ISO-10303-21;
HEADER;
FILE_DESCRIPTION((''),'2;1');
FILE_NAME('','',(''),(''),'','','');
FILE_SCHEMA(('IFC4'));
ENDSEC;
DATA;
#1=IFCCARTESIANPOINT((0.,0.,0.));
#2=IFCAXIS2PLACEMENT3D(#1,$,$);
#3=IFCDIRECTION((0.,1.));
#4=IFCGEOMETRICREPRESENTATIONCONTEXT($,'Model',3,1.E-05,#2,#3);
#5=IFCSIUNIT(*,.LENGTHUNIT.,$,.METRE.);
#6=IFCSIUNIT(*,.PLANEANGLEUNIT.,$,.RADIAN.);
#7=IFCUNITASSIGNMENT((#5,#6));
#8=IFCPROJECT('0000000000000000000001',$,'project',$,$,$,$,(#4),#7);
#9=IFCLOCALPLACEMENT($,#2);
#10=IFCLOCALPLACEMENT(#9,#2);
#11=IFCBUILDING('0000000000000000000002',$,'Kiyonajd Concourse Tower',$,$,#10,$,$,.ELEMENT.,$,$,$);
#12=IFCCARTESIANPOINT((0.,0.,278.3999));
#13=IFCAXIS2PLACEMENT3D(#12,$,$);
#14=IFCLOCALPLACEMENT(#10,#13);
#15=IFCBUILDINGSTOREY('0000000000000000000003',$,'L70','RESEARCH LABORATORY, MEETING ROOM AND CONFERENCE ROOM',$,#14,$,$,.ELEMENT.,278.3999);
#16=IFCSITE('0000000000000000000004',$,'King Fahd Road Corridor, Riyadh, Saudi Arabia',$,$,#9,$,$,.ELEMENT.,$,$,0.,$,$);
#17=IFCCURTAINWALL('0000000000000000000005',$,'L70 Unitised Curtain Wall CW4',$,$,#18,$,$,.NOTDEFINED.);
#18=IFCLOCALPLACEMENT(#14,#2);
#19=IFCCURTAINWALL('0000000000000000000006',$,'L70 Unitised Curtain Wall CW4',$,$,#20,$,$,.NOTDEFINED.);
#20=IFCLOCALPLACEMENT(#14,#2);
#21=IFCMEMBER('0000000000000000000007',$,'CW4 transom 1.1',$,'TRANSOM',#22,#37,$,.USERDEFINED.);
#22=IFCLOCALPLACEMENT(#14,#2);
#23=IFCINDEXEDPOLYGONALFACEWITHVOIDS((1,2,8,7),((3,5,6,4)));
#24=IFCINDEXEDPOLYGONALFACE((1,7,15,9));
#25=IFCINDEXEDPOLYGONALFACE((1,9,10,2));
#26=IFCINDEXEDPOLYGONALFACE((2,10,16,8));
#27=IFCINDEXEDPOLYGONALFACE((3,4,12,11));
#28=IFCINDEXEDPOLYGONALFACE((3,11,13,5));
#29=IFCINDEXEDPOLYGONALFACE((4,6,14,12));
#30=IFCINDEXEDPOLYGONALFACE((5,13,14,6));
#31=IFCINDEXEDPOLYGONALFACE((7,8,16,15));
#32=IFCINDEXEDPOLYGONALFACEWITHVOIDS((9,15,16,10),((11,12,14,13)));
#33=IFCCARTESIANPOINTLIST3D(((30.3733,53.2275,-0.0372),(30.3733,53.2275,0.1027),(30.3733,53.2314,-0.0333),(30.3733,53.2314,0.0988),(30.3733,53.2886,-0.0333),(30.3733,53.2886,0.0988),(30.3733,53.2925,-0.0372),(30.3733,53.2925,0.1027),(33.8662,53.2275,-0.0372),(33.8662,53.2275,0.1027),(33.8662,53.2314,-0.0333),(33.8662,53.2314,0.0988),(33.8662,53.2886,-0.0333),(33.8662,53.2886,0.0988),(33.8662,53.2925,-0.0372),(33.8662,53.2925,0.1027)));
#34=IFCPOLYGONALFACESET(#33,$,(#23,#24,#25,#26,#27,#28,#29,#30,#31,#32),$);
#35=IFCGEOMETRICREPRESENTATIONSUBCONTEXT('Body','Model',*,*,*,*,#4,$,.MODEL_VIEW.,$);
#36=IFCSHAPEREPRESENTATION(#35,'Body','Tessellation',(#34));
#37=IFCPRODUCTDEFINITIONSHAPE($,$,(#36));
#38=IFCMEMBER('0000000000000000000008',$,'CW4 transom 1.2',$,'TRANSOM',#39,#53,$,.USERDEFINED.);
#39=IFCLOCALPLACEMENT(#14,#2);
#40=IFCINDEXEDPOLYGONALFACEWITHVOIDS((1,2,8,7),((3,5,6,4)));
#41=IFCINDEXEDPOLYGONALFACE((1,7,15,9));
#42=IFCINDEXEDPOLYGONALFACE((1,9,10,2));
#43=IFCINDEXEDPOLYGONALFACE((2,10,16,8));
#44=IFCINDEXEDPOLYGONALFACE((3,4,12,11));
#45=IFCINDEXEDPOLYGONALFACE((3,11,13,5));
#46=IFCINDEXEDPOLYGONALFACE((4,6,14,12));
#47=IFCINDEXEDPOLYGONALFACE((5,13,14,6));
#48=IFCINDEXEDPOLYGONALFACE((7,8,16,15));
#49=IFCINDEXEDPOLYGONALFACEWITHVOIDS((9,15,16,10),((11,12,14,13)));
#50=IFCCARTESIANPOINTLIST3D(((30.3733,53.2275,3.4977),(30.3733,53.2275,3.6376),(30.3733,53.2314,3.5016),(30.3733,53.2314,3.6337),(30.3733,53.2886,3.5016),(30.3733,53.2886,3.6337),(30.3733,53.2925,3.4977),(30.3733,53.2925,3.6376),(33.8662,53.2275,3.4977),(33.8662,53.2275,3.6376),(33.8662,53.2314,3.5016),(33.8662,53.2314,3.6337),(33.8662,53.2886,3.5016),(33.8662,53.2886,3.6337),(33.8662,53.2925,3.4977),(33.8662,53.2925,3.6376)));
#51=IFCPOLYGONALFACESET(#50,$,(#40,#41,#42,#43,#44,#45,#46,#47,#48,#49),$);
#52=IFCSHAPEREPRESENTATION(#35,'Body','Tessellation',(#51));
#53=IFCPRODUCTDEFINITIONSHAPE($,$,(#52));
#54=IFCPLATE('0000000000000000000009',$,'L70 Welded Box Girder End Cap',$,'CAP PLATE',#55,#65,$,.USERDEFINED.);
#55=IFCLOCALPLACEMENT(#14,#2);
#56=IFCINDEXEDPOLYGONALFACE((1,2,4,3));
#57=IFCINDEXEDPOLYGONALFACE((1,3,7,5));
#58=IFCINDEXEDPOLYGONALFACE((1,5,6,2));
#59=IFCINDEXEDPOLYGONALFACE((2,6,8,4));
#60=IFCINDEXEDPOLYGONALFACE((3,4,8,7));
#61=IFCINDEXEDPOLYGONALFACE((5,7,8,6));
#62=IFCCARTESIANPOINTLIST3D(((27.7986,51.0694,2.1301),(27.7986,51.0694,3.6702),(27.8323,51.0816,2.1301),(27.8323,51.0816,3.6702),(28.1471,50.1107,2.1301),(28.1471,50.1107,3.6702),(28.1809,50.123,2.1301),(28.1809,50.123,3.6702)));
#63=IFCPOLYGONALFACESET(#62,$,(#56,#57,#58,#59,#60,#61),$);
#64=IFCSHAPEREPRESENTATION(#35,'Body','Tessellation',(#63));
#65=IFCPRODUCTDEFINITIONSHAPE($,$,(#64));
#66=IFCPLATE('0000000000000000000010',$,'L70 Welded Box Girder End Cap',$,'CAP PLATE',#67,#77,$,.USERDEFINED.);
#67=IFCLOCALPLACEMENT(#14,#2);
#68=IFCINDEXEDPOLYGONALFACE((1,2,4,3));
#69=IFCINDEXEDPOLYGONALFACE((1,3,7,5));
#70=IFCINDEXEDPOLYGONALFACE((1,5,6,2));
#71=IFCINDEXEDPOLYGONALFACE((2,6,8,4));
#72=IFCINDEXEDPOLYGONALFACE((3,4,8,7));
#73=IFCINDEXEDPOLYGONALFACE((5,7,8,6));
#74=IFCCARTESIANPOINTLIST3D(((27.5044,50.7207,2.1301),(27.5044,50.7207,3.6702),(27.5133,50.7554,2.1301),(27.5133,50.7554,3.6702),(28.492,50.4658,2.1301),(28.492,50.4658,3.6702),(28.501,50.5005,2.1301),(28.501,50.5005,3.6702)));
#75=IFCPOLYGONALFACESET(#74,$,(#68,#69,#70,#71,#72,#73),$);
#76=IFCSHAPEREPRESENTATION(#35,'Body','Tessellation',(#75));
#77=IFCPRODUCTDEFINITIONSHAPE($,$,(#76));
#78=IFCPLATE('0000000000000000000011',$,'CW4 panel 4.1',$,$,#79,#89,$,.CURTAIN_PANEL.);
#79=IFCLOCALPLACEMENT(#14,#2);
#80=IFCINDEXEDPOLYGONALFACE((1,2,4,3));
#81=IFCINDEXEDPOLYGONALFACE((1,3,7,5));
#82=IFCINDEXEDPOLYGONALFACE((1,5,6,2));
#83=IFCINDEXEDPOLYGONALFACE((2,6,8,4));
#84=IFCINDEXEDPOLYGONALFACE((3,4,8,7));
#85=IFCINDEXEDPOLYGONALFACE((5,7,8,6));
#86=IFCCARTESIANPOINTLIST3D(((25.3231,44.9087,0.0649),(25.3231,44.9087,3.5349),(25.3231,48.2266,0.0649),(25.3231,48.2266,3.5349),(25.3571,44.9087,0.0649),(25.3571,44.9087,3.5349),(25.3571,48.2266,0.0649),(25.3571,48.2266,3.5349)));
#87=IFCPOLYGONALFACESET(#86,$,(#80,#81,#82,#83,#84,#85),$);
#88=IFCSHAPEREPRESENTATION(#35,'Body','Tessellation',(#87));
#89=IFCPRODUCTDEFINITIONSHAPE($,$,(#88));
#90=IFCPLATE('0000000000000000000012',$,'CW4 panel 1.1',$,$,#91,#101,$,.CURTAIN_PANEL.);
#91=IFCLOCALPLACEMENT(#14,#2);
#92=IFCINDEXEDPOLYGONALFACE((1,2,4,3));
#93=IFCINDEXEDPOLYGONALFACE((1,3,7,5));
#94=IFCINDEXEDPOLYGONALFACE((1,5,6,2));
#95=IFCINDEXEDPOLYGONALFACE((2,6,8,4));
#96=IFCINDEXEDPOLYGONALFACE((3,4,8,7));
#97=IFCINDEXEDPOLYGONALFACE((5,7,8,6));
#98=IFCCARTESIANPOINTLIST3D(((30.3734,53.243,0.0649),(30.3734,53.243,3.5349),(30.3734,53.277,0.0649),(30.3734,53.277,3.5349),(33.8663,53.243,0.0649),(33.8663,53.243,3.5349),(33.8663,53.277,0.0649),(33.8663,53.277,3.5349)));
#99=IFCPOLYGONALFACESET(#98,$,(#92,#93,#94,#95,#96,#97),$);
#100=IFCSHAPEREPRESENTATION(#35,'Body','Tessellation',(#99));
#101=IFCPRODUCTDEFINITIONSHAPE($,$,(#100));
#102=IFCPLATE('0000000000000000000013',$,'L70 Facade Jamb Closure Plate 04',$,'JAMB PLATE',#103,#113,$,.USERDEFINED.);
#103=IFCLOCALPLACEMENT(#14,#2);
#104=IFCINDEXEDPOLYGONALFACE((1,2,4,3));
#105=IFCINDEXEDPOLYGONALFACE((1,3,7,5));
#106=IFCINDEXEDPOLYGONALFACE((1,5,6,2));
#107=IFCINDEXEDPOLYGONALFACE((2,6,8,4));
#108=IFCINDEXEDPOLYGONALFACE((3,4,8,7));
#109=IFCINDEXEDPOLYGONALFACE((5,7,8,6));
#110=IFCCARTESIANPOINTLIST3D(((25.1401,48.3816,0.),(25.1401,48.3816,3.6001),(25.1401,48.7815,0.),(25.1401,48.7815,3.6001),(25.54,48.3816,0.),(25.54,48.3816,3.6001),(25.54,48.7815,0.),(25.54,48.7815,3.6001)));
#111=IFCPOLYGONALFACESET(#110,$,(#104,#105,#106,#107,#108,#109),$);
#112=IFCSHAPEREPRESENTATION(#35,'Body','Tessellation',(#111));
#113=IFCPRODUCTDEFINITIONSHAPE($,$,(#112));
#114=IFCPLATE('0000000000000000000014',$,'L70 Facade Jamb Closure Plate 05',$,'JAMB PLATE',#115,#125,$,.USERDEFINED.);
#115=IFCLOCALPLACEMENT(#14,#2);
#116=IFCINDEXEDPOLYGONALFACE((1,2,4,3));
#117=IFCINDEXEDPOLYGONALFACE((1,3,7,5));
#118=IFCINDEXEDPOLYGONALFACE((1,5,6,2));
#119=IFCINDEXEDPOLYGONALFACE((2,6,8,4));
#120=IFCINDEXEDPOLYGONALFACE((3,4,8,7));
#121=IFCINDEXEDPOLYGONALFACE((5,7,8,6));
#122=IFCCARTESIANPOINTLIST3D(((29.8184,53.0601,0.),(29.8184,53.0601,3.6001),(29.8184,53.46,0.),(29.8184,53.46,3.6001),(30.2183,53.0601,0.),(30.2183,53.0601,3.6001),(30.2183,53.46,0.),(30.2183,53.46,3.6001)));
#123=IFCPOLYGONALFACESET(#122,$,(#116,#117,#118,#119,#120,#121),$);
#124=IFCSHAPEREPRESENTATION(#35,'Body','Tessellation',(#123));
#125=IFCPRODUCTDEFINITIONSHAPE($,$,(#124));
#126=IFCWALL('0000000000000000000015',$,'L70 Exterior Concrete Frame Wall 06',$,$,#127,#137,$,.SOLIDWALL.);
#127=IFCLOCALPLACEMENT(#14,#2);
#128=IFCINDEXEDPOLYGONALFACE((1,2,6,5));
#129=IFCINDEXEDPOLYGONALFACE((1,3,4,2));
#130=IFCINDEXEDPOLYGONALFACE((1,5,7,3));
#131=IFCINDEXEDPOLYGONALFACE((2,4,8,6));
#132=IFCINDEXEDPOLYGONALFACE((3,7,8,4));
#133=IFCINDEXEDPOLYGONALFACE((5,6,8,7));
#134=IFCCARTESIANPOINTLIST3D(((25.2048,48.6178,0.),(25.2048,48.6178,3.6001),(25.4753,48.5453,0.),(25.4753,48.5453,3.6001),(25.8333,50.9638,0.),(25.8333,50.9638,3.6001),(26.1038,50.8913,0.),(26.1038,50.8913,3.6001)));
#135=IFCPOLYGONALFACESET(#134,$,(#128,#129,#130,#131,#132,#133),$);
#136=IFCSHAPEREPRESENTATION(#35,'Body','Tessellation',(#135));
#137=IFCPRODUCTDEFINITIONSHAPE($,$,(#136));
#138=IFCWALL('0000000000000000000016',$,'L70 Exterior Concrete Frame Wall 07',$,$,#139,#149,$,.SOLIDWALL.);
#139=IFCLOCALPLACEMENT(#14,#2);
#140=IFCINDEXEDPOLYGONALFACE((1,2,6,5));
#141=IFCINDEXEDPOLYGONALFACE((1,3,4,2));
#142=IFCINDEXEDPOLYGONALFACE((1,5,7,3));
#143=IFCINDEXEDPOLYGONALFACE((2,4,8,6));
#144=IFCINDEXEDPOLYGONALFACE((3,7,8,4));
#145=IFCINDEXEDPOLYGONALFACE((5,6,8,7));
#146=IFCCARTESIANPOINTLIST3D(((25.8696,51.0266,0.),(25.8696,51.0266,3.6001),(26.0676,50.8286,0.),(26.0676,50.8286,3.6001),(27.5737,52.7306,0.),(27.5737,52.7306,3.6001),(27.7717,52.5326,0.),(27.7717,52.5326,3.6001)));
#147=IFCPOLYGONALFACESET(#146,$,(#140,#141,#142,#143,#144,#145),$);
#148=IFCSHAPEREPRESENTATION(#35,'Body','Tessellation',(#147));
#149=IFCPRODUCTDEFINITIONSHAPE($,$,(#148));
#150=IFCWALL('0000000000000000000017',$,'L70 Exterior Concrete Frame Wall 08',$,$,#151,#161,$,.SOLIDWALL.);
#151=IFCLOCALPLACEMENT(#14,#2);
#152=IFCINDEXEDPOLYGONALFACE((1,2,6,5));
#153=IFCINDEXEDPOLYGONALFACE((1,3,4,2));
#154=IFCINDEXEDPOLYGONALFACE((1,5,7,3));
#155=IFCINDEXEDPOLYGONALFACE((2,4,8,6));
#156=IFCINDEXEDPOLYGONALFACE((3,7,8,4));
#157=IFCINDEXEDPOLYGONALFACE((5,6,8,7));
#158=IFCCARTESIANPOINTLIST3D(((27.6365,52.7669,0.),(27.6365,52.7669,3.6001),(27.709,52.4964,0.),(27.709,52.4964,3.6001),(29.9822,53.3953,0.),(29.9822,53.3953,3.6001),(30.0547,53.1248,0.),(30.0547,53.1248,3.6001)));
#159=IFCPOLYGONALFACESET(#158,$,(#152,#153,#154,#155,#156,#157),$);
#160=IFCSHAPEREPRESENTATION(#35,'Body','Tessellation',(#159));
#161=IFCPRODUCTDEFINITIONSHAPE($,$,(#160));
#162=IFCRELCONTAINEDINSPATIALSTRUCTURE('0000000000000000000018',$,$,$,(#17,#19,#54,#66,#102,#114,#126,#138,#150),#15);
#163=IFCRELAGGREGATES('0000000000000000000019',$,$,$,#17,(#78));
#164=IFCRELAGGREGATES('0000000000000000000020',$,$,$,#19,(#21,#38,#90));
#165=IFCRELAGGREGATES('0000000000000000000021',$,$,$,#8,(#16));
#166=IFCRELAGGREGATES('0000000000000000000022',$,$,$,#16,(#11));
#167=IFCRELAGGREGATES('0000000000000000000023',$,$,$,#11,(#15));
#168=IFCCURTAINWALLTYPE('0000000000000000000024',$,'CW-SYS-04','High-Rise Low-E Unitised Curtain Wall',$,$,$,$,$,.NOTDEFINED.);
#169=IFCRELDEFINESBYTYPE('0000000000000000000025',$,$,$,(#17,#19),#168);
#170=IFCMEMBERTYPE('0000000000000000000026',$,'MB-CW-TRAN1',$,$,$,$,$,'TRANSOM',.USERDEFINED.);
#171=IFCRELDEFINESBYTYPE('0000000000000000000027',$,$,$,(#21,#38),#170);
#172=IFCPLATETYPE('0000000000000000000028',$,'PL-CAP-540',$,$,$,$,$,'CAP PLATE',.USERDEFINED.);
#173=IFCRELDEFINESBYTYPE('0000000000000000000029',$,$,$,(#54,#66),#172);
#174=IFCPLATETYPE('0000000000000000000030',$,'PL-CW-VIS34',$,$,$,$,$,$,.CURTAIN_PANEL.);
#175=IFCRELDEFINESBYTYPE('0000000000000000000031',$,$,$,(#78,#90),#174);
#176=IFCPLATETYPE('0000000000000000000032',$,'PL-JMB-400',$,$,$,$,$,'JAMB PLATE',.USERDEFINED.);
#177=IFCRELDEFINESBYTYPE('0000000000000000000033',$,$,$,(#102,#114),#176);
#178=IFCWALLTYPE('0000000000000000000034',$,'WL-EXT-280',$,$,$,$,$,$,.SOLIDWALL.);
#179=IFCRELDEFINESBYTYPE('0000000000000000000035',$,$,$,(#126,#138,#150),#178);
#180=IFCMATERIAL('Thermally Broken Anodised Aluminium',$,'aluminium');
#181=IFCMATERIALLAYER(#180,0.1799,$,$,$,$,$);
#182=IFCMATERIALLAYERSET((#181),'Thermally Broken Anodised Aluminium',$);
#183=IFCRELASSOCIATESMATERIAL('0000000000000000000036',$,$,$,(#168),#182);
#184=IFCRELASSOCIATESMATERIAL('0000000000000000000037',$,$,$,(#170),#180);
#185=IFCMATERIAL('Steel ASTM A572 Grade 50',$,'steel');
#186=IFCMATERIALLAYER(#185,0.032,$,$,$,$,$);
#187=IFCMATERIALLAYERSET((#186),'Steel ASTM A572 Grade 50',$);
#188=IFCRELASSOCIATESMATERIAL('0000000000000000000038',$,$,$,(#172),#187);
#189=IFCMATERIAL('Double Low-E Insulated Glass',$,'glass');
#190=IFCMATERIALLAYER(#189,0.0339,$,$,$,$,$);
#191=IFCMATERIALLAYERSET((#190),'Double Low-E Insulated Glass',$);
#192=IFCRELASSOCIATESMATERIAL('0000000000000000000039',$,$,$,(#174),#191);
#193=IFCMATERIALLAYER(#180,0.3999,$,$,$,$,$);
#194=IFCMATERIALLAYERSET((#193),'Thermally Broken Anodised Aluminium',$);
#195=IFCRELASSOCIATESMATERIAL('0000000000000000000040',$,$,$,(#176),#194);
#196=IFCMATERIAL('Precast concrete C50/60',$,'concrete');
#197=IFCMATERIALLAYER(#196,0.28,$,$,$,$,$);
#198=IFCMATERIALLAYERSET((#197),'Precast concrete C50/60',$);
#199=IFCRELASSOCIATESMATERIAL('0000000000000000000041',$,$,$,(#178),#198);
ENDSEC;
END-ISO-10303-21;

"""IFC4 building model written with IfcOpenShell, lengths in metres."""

from ifc_helpers import new_model, si_unit, direction, frame, frame_2d, origin, origin_2d, place, context, subcontext, project, spatial, rectangle, hollow_rectangle, extrude, material, layer, layer_set, material_profile, profile_set, type_object, element, aggregate, save


model = new_model("IFC4")

# Units and contexts
model_context = context("Model", 3, precision=1e-05, world=origin(), true_north=direction((0.0, 1.0)))
body_context = subcontext(model_context, "Body", "Model", "MODEL_VIEW")
ifc_project = project(units=[si_unit("LENGTHUNIT", "METRE"), si_unit("PLANEANGLEUNIT", "RADIAN")], contexts=[model_context])

# Site, building, storey
site_placement = place(None, origin())
site = spatial("IfcSite", under=ifc_project, at=site_placement, Name="King Fahd Road Corridor, Riyadh, Saudi Arabia", CompositionType="ELEMENT", RefElevation=0.0)
building_placement = place(site_placement, origin())
building = spatial("IfcBuilding", under=site, at=building_placement, Name="Kiyonajd Concourse Tower", CompositionType="ELEMENT")
storey_placement = place(building_placement, frame((0.0, 0.0, 278.3999)))
storey = spatial("IfcBuildingStorey", under=building, at=storey_placement, Name="L70", Description="RESEARCH LABORATORY, MEETING ROOM AND CONFERENCE ROOM", CompositionType="ELEMENT", Elevation=278.3999)

# Shared definitions
ifc_material_1 = material(Name="Steel ASTM A572 Grade 50", Category="steel")

# Curtain wall
ifc_material_2 = material(Name="Thermally Broken Anodised Aluminium", Category="aluminium")
ifc_layer_1 = layer(ifc_material_2, 0.1799)
ifc_layer_set_1 = layer_set([ifc_layer_1], Name="Thermally Broken Anodised Aluminium")
curtain_wall_type = type_object("IfcCurtainWallType", Name="CW-SYS-04", Description="High-Rise Low-E Unitised Curtain Wall", PredefinedType="NOTDEFINED", material=ifc_layer_set_1)
curtain_wall_1_placement = place(storey_placement, origin())
curtain_wall_1 = element("IfcCurtainWall", 1, at=curtain_wall_1_placement, inside=storey, type_object=curtain_wall_type, Name="L70 Unitised Curtain Wall CW4", PredefinedType="NOTDEFINED")

# Curtain wall
curtain_wall_2_placement = place(storey_placement, origin())
curtain_wall_2 = element("IfcCurtainWall", 2, at=curtain_wall_2_placement, inside=storey, type_object=curtain_wall_type, Name="L70 Unitised Curtain Wall CW4", PredefinedType="NOTDEFINED")

# Members
ifc_material_profile_1 = material_profile(ifc_material_2, hollow_rectangle(XDim=0.0649, YDim=0.1399, WallThickness=0.0039, at=origin_2d()), Name="TRAN-65x140")
ifc_profile_set_1 = profile_set([ifc_material_profile_1], Name="Thermally Broken Anodised Aluminium")
member_type_1 = type_object("IfcMemberType", Name="MB-CW-TRAN1", ElementType="TRANSOM", PredefinedType="USERDEFINED", material=ifc_profile_set_1)
member_1_placement = place(storey_placement, frame((30.3733, 53.26, 0.0327), z_axis=(1.0, 0.0, 0.0), x_axis=(0.0, 1.0, 0.0)))
member_1 = element("IfcMember", 3, at=member_1_placement, type_object=member_type_1, Name="CW4 transom 1.1", ObjectType="TRANSOM", PredefinedType="USERDEFINED", context=body_context, shape_type="SweptSolid", body=[
    extrude(hollow_rectangle(XDim=0.0649, YDim=0.1399, WallThickness=0.0039, at=origin_2d()), origin(), (0.0, 0.0, 1.0), 3.4929),
])
member_2_placement = place(storey_placement, frame((30.3733, 53.26, 3.5676), z_axis=(1.0, 0.0, 0.0), x_axis=(0.0, 1.0, 0.0)))
member_2 = element("IfcMember", 4, at=member_2_placement, type_object=member_type_1, Name="CW4 transom 1.2", ObjectType="TRANSOM", PredefinedType="USERDEFINED", context=body_context, shape_type="SweptSolid", body=[
    extrude(hollow_rectangle(XDim=0.0649, YDim=0.1399, WallThickness=0.0039, at=origin_2d()), origin(), (0.0, 0.0, 1.0), 3.4929),
])

# Plates
ifc_layer_2 = layer(ifc_material_1, 0.032)
ifc_layer_set_2 = layer_set([ifc_layer_2], Name="Steel ASTM A572 Grade 50")
plate_type_1 = type_object("IfcPlateType", Name="PL-CAP-540", ElementType="CAP PLATE", PredefinedType="USERDEFINED", material=ifc_layer_set_2)
for number, where, z_axis, x_axis, name in (
    (5, (27.9897, 50.5962, 2.1301), (0.0, 0.0, 1.0), (-0.939812, -0.341692, 0.0), "L70 Welded Box Girder End Cap"),
    (6, (28.0027, 50.6106, 2.1301), (0.0, 0.0, 1.0), (0.249873, 0.968279, 0.0), "L70 Welded Box Girder End Cap"),
):
    element("IfcPlate", number, at=place(storey_placement, frame(where, z_axis=z_axis, x_axis=x_axis)), inside=storey, type_object=plate_type_1, Name=name, ObjectType="CAP PLATE", PredefinedType="USERDEFINED", context=body_context, shape_type="SweptSolid", body=[
        extrude(rectangle(XDim=0.0359, YDim=1.02, at=origin_2d()), origin(), (0.0, 0.0, 1.0), 1.54),
    ])

# Plates
ifc_material_3 = material(Name="Double Low-E Insulated Glass", Category="glass")
ifc_layer_3 = layer(ifc_material_3, 0.0339)
ifc_layer_set_3 = layer_set([ifc_layer_3], Name="Double Low-E Insulated Glass")
plate_type_2 = type_object("IfcPlateType", Name="PL-CW-VIS34", PredefinedType="CURTAIN_PANEL", material=ifc_layer_set_3)
plate_1_placement = place(storey_placement, frame((25.3401, 46.5676, 0.0649), z_axis=(0.0, 0.0, 1.0), x_axis=(0.0, 1.0, 0.0)))
plate_1 = element("IfcPlate", 7, at=plate_1_placement, type_object=plate_type_2, Name="CW4 panel 4.1", PredefinedType="CURTAIN_PANEL", context=body_context, shape_type="SweptSolid", body=[
    extrude(rectangle(XDim=3.3179, YDim=0.0339, at=origin_2d()), origin(), (0.0, 0.0, 1.0), 3.47),
])
aggregate(curtain_wall_1, [plate_1])
plate_2_placement = place(storey_placement, frame((32.1199, 53.26, 0.0649), z_axis=(0.0, 0.0, 1.0), x_axis=(1.0, 0.0, 0.0)))
plate_2 = element("IfcPlate", 8, at=plate_2_placement, type_object=plate_type_2, Name="CW4 panel 1.1", PredefinedType="CURTAIN_PANEL", context=body_context, shape_type="SweptSolid", body=[
    extrude(rectangle(XDim=3.4929, YDim=0.0339, at=origin_2d()), origin(), (0.0, 0.0, 1.0), 3.47),
])
aggregate(curtain_wall_2, [member_1, member_2, plate_2])

# Plates
ifc_layer_4 = layer(ifc_material_2, 0.3999)
ifc_layer_set_4 = layer_set([ifc_layer_4], Name="Thermally Broken Anodised Aluminium")
plate_type_3 = type_object("IfcPlateType", Name="PL-JMB-400", ElementType="JAMB PLATE", PredefinedType="USERDEFINED", material=ifc_layer_set_4)
for number, where, z_axis, x_axis, name in (
    (9, (25.3401, 48.5815, 0.0), (0.0, 0.0, 1.0), (1.0, 0.0, 0.0), "L70 Facade Jamb Closure Plate 04"),
    (10, (30.0183, 53.26, 0.0), (0.0, 0.0, 1.0), (1.0, 0.0, 0.0), "L70 Facade Jamb Closure Plate 05"),
):
    element("IfcPlate", number, at=place(storey_placement, frame(where, z_axis=z_axis, x_axis=x_axis)), inside=storey, type_object=plate_type_3, Name=name, ObjectType="JAMB PLATE", PredefinedType="USERDEFINED", context=body_context, shape_type="SweptSolid", body=[
        extrude(rectangle(XDim=0.3999, YDim=0.3999, at=origin_2d()), origin(), (0.0, 0.0, 1.0), 3.6001),
    ])

# Walls
ifc_material_4 = material(Name="Precast concrete C50/60", Category="concrete")
ifc_layer_5 = layer(ifc_material_4, 0.28)
ifc_layer_set_5 = layer_set([ifc_layer_5], Name="Precast concrete C50/60")
wall_type_1 = type_object("IfcWallType", Name="WL-EXT-280", PredefinedType="SOLIDWALL", material=ifc_layer_set_5)
wall_1_placement = place(storey_placement, frame((25.3401, 48.5815, 0.0), z_axis=(0.0, 0.0, 1.0), x_axis=(0.258751, 0.965944, 0.0)))
element("IfcWall", 11, at=wall_1_placement, inside=storey, type_object=wall_type_1, Name="L70 Exterior Concrete Frame Wall 06", PredefinedType="SOLIDWALL", context=body_context, shape_type="SweptSolid", body=[
    extrude(rectangle(XDim=2.4287, YDim=0.28, at=frame_2d((1.2144, 0.0))), origin(), (0.0, 0.0, 1.0), 3.6001),
])
wall_2_placement = place(storey_placement, frame((25.9685, 50.9275, 0.0), z_axis=(0.0, 0.0, 1.0), x_axis=(0.707107, 0.707107, 0.0)))
element("IfcWall", 12, at=wall_2_placement, inside=storey, type_object=wall_type_1, Name="L70 Exterior Concrete Frame Wall 07", PredefinedType="SOLIDWALL", context=body_context, shape_type="SweptSolid", body=[
    extrude(rectangle(XDim=2.4099, YDim=0.28, at=frame_2d((1.2051, 0.0))), origin(), (0.0, 0.0, 1.0), 3.6001),
])
wall_3_placement = place(storey_placement, frame((27.6726, 52.6316, 0.0), z_axis=(0.0, 0.0, 1.0), x_axis=(0.965937, 0.258776, 0.0)))
element("IfcWall", 13, at=wall_3_placement, inside=storey, type_object=wall_type_1, Name="L70 Exterior Concrete Frame Wall 08", PredefinedType="SOLIDWALL", context=body_context, shape_type="SweptSolid", body=[
    extrude(rectangle(XDim=2.4285, YDim=0.28, at=frame_2d((1.2144, 0.0))), origin(), (0.0, 0.0, 1.0), 3.6001),
])

save(model, "model.ifc")
